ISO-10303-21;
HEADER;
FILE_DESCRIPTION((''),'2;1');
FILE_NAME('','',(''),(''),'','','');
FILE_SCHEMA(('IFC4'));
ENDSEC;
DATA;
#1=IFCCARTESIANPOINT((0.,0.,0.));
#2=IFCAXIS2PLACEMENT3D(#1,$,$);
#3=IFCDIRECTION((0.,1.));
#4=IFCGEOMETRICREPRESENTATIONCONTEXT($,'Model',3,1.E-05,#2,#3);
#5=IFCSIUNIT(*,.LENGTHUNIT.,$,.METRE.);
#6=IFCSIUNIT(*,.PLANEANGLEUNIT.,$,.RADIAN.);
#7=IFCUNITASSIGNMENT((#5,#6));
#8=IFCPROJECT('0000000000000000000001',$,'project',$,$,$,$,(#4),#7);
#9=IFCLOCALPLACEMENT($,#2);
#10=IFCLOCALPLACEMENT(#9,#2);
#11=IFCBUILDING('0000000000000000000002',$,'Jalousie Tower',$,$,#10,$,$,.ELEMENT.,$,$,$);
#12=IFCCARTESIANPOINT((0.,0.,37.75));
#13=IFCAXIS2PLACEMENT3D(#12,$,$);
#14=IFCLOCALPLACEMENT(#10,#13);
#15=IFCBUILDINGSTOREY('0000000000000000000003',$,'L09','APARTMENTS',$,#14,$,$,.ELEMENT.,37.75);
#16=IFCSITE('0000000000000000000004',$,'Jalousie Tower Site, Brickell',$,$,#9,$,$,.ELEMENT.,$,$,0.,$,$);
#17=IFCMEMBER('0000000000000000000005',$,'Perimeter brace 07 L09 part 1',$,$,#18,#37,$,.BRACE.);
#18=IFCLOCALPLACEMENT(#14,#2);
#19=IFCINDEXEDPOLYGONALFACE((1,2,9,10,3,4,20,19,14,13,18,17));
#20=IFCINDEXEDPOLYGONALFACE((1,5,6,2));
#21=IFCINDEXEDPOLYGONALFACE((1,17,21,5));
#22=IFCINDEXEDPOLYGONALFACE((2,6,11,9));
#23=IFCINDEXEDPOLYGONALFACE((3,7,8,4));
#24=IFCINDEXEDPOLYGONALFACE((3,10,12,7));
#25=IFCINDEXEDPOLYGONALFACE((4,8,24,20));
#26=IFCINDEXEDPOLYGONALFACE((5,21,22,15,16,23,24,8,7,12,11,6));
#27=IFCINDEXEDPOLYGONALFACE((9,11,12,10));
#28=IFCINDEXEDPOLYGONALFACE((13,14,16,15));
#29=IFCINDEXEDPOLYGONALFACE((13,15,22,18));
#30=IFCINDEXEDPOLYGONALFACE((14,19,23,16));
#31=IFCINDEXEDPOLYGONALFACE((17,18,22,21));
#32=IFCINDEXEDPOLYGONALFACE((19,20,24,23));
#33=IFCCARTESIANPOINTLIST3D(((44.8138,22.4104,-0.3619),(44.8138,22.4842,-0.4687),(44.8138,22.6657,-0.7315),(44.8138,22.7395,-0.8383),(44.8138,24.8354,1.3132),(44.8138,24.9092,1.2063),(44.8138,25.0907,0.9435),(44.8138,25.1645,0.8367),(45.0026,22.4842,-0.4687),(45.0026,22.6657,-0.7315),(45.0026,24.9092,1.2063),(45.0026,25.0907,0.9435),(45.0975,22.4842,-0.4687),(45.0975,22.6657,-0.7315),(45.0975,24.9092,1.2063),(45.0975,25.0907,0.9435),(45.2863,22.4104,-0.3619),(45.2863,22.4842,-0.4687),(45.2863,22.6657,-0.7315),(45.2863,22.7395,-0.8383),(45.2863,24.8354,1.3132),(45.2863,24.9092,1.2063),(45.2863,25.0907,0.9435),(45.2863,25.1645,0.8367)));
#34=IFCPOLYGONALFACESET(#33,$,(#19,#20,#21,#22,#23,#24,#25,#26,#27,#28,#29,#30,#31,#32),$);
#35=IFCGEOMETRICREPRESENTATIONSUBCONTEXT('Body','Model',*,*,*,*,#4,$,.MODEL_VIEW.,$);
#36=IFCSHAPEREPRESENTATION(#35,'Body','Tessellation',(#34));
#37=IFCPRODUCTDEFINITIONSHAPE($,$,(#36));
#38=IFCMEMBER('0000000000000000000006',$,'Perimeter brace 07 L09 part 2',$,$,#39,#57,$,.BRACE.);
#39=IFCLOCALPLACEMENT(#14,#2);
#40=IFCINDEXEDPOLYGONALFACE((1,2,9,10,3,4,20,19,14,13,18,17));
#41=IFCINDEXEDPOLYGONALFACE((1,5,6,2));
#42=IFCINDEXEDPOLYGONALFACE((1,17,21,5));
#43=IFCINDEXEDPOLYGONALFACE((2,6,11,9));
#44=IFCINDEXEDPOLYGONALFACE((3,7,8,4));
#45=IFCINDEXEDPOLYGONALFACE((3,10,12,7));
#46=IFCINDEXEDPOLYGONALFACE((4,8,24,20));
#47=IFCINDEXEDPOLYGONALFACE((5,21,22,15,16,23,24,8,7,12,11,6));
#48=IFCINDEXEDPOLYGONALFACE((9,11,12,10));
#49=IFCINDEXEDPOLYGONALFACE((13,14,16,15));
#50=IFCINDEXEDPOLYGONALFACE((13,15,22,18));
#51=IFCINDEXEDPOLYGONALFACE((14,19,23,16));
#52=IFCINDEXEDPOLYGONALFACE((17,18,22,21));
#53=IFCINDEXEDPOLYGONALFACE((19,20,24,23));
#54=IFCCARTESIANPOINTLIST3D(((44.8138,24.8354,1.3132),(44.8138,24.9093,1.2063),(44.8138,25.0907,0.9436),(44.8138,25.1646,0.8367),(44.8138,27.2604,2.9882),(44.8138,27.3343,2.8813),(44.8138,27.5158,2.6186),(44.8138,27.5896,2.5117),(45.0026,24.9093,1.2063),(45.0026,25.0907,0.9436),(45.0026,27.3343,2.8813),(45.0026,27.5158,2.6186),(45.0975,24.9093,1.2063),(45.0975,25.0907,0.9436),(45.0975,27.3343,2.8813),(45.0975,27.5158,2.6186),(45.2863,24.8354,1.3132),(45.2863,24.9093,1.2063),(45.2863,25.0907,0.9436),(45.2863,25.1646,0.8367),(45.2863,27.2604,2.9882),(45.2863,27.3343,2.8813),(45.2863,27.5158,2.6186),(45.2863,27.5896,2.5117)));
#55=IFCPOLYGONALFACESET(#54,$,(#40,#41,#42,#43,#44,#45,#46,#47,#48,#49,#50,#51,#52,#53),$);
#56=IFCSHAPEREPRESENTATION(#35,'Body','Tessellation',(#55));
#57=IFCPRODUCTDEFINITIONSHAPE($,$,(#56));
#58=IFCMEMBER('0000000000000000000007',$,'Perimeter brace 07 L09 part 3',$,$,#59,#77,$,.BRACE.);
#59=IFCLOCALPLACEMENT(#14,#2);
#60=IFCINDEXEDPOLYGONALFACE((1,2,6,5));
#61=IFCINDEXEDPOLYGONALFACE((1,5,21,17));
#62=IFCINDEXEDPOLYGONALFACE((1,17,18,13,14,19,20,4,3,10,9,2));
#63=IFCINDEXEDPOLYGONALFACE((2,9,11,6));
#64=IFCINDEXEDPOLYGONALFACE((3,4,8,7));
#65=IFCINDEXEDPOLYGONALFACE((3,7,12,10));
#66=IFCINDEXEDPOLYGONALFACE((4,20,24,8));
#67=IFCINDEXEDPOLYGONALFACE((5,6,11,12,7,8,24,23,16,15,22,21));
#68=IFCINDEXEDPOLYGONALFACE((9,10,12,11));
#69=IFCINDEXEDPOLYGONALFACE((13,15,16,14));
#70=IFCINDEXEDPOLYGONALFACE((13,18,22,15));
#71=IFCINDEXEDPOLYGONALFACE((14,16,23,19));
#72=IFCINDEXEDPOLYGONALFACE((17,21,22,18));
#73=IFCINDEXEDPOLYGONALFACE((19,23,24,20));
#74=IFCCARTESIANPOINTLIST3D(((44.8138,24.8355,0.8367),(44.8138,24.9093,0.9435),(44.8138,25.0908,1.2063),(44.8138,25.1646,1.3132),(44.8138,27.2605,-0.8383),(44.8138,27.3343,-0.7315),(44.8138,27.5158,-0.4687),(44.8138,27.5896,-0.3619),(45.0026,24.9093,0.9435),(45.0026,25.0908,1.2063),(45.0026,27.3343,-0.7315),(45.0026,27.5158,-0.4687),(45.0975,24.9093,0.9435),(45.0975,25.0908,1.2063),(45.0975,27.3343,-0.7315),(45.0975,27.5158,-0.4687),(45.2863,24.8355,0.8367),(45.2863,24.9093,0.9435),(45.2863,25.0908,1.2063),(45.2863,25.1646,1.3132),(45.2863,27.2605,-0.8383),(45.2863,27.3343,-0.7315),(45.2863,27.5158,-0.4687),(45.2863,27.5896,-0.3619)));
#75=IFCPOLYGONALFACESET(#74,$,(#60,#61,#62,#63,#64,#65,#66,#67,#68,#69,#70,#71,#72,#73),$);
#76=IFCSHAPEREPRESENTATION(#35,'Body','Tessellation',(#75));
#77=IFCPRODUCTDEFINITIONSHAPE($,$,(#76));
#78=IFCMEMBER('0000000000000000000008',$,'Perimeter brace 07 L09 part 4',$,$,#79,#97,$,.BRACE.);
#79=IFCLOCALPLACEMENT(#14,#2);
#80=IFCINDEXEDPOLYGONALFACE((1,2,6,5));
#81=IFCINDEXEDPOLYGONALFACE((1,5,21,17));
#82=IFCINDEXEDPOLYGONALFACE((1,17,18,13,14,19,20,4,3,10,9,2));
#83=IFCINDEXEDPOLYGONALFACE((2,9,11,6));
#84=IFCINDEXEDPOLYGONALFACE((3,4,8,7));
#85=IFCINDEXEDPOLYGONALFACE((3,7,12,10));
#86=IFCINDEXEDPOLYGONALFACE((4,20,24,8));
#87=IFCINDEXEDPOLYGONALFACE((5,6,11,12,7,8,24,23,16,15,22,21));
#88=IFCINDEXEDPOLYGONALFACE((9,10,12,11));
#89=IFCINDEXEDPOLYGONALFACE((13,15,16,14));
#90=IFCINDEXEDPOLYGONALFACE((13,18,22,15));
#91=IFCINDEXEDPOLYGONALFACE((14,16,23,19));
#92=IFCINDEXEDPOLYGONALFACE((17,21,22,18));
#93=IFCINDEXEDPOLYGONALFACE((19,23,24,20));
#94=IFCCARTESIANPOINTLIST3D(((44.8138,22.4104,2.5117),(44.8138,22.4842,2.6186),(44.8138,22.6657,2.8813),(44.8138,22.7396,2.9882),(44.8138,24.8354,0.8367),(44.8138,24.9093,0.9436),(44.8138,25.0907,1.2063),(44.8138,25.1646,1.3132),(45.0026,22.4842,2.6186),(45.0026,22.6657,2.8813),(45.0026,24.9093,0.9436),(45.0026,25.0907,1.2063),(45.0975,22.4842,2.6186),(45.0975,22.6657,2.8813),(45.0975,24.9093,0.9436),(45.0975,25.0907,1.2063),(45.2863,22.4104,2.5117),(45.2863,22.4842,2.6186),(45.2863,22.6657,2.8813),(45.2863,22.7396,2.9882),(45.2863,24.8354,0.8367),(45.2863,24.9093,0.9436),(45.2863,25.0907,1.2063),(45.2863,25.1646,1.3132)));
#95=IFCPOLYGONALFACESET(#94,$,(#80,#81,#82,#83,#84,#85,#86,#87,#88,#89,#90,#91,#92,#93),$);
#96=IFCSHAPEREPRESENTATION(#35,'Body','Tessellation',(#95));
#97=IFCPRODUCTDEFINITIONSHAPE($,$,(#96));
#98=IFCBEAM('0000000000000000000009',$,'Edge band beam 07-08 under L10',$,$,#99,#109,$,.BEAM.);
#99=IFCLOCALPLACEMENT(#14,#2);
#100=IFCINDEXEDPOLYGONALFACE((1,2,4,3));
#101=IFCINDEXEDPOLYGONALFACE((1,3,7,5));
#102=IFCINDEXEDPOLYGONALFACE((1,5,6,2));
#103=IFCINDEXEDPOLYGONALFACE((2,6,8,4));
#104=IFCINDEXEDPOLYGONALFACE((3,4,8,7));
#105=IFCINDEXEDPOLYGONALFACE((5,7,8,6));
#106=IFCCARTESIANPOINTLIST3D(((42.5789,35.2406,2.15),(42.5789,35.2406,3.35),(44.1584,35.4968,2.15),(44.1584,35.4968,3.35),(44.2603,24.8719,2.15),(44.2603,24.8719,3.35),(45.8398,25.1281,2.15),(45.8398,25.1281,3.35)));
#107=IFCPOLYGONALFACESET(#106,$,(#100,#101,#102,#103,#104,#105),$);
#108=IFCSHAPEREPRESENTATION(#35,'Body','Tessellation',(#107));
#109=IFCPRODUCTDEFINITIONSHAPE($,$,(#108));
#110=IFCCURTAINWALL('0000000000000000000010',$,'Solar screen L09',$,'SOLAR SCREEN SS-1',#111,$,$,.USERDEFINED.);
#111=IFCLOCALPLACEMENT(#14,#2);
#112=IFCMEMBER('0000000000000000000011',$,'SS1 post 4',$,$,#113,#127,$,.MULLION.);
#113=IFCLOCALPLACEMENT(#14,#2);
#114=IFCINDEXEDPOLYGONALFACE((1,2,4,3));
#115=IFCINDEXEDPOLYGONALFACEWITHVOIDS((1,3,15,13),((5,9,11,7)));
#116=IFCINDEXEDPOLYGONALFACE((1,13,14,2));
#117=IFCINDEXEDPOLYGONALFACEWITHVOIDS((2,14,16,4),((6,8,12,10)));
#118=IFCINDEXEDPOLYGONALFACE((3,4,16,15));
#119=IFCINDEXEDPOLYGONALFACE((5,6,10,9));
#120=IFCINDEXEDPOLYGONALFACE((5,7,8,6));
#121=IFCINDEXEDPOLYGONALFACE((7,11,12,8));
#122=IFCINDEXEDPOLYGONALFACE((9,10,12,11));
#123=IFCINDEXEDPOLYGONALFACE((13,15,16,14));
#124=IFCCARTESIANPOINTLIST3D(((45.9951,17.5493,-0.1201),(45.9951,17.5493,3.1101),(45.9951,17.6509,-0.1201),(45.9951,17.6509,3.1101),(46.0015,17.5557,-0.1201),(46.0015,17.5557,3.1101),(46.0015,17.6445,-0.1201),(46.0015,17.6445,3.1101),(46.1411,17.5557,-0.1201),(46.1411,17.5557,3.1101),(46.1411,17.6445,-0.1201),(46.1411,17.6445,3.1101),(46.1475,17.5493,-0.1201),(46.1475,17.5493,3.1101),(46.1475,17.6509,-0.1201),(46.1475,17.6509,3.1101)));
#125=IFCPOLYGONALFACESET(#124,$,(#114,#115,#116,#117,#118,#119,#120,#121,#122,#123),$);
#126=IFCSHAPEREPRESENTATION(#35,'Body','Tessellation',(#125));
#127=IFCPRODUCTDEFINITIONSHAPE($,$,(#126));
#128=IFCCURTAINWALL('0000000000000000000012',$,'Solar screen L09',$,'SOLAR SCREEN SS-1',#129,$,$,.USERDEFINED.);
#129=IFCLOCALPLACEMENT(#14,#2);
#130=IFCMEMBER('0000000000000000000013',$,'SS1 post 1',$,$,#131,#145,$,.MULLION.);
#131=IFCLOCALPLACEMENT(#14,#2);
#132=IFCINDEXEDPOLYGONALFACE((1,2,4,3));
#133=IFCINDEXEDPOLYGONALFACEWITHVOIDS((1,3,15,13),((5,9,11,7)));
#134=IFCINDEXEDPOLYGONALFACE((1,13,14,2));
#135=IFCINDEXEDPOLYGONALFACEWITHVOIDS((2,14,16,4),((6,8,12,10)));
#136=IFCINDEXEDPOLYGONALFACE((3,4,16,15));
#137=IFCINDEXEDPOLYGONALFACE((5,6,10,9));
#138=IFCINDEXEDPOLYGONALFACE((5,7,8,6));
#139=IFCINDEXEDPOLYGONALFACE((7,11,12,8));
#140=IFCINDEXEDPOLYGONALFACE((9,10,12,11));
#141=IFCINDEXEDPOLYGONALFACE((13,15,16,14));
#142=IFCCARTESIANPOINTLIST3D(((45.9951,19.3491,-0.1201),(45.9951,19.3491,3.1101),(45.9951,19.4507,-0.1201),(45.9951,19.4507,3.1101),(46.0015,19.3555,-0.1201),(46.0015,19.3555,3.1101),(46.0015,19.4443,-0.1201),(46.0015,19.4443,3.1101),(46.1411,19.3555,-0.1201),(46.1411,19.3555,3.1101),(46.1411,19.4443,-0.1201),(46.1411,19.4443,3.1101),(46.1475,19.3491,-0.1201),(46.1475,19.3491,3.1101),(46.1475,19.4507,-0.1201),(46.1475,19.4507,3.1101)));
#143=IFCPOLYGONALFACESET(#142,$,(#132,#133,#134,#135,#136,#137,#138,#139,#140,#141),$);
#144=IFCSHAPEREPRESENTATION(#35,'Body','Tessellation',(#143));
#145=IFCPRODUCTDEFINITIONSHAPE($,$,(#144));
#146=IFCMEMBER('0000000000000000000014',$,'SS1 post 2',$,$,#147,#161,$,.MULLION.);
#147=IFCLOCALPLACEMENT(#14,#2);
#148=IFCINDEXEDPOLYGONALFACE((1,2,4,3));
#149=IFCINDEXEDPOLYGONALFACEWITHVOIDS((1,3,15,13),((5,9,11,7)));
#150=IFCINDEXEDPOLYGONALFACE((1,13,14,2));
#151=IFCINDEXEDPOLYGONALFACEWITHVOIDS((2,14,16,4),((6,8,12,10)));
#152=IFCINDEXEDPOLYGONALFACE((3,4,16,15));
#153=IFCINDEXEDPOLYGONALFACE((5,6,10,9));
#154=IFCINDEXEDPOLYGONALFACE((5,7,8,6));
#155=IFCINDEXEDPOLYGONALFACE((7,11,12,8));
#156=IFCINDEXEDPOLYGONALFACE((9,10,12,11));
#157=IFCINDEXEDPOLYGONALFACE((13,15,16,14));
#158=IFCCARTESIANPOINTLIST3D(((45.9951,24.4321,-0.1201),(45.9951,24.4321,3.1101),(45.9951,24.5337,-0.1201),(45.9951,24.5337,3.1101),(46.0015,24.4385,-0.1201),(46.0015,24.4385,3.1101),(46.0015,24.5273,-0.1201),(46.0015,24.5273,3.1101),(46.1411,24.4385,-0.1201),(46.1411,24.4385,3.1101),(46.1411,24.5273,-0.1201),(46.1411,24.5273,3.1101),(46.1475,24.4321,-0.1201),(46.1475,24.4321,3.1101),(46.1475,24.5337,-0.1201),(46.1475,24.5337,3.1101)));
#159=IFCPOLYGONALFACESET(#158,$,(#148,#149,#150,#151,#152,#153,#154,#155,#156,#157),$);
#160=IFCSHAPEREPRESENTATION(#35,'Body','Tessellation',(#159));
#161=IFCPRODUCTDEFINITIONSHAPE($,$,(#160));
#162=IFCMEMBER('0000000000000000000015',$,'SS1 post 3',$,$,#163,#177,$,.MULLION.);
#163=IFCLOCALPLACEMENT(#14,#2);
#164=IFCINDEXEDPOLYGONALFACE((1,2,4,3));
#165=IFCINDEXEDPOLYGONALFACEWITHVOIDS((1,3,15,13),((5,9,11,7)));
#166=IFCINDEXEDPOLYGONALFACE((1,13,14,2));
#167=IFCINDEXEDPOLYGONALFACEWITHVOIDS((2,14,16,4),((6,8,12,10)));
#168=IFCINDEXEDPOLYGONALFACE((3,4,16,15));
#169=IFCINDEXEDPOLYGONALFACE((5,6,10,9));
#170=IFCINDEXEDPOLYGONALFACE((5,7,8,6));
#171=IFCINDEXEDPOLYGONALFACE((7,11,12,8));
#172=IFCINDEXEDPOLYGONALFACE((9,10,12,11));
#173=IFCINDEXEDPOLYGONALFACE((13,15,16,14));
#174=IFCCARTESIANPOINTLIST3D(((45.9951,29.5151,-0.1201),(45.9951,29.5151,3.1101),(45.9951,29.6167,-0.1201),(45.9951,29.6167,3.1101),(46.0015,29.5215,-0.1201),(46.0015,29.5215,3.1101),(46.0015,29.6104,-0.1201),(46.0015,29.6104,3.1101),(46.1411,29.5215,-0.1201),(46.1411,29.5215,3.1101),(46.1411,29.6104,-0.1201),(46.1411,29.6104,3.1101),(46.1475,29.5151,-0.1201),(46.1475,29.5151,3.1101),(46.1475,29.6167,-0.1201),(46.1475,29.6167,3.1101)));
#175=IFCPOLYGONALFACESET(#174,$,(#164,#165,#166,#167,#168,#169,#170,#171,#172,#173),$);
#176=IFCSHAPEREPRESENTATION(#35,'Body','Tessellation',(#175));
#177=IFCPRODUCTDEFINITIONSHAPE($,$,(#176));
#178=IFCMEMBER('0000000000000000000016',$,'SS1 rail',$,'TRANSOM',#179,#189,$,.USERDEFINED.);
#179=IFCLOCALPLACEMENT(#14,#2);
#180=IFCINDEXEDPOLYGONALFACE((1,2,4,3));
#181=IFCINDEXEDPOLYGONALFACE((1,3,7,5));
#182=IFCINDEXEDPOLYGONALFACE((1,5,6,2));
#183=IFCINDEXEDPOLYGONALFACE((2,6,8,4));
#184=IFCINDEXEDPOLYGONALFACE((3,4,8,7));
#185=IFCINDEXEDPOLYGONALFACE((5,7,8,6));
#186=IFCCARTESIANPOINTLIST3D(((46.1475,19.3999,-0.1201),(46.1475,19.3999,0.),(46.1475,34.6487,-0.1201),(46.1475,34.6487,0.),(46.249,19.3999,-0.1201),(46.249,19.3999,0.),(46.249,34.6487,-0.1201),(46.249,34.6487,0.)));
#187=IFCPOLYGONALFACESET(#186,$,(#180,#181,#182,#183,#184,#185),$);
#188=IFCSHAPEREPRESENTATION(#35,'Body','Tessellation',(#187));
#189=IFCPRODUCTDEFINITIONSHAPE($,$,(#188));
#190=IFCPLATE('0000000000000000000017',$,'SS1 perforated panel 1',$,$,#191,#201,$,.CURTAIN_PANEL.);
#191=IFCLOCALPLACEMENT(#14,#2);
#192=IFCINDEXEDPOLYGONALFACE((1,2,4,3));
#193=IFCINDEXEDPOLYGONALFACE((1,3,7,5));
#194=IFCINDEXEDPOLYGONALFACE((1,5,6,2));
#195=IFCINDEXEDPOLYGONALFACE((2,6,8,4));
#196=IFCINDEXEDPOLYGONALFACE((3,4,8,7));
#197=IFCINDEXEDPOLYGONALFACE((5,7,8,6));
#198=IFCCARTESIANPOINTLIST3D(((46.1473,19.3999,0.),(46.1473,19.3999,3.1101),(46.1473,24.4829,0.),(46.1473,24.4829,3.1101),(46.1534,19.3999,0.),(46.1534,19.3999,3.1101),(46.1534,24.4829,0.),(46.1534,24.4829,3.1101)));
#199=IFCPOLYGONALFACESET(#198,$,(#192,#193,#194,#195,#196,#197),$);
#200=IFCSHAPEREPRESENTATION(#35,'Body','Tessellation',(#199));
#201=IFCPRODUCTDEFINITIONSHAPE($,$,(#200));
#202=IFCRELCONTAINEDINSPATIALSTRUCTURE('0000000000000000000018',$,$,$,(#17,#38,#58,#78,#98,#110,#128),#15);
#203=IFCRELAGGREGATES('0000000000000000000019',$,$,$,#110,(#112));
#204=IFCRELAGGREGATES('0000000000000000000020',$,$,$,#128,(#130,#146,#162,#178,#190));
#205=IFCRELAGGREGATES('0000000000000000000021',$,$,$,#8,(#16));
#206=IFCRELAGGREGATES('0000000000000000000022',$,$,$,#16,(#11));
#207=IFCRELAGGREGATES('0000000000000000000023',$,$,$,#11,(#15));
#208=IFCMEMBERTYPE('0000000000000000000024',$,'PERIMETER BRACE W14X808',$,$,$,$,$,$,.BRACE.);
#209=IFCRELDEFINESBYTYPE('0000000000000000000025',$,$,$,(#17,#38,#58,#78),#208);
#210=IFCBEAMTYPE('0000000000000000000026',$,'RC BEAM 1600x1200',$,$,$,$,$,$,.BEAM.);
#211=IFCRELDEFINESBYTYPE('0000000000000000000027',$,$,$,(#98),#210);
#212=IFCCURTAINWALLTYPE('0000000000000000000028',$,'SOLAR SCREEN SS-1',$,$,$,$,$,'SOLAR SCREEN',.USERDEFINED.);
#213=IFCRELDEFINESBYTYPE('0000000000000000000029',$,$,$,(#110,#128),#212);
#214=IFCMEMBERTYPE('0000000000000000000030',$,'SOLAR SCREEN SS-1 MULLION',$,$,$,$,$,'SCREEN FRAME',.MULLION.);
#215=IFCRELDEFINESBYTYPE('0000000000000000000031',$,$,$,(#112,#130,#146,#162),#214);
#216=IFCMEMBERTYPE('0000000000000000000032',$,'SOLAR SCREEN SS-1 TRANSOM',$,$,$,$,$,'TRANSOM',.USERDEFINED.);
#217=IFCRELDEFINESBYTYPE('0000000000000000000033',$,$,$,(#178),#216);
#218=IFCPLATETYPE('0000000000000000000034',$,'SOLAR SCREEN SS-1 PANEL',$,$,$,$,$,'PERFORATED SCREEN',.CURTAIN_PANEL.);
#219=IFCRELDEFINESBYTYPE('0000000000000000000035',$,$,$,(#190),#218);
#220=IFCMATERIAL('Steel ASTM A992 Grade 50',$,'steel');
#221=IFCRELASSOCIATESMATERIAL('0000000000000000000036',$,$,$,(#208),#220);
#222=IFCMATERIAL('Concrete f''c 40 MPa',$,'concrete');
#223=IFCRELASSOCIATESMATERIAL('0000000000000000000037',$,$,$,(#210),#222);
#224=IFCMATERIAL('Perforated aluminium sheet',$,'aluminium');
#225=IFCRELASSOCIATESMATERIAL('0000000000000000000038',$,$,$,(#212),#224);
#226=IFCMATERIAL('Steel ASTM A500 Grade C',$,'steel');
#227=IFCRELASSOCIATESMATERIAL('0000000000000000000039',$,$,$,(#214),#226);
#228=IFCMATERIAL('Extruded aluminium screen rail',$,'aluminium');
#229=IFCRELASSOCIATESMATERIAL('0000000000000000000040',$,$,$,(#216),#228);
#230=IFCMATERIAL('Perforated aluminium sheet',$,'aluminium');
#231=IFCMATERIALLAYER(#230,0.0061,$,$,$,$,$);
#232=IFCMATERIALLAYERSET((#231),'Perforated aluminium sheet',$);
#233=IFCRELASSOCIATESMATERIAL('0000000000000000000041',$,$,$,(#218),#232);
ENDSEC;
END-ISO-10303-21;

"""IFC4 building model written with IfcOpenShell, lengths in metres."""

from ifc_helpers import new_model, si_unit, direction, frame, origin, origin_2d, place, context, subcontext, project, spatial, rectangle, hollow_rectangle, i_section, extrude, material, layer, layer_set, material_profile, profile_set, type_object, element, aggregate, save


model = new_model("IFC4")

# Units and contexts
model_context = context("Model", 3, precision=1e-05, world=origin(), true_north=direction((0.0, 1.0)))
body_context = subcontext(model_context, "Body", "Model", "MODEL_VIEW")
ifc_project = project(units=[si_unit("LENGTHUNIT", "METRE"), si_unit("PLANEANGLEUNIT", "RADIAN")], contexts=[model_context])

# Site, building, storey
site_placement = place(None, origin())
site = spatial("IfcSite", under=ifc_project, at=site_placement, Name="Jalousie Tower Site, Brickell", CompositionType="ELEMENT", RefElevation=0.0)
building_placement = place(site_placement, origin())
building = spatial("IfcBuilding", under=site, at=building_placement, Name="Jalousie Tower", CompositionType="ELEMENT")
storey_placement = place(building_placement, frame((0.0, 0.0, 37.75)))
storey = spatial("IfcBuildingStorey", under=building, at=storey_placement, Name="L09", Description="APARTMENTS", CompositionType="ELEMENT", Elevation=37.75)

# Members
ifc_material_1 = material(Name="Steel ASTM A992 Grade 50", Category="steel")
ifc_material_profile_1 = material_profile(ifc_material_1, i_section(OverallWidth=0.4724, OverallDepth=0.5791, WebThickness=0.095, FlangeThickness=0.1299, at=origin_2d()), Name="W14X808")
ifc_profile_set_1 = profile_set([ifc_material_profile_1], Name="Steel ASTM A992 Grade 50")
member_type_1 = type_object("IfcMemberType", Name="PERIMETER BRACE W14X808", PredefinedType="BRACE", material=ifc_profile_set_1)
for number, where, z_axis, x_axis, name in (
    (1, (45.05, 22.575, -0.6001), (0.0, 0.8228, 0.568331), (-1.0, 0.0, 0.0), "Perimeter brace 07 L09 part 1"),
    (2, (45.05, 25.0, 1.075), (0.0, 0.8228, 0.568331), (-1.0, 0.0, 0.0), "Perimeter brace 07 L09 part 2"),
    (3, (45.05, 27.425, -0.6001), (0.0, -0.8228, 0.568331), (1.0, 0.0, 0.0), "Perimeter brace 07 L09 part 3"),
    (4, (45.05, 25.0, 1.075), (0.0, -0.8228, 0.568331), (1.0, 0.0, 0.0), "Perimeter brace 07 L09 part 4"),
):
    element("IfcMember", number, at=place(storey_placement, frame(where, z_axis=z_axis, x_axis=x_axis)), inside=storey, type_object=member_type_1, Name=name, PredefinedType="BRACE", context=body_context, shape_type="SweptSolid", body=[
        extrude(i_section(OverallWidth=0.4724, OverallDepth=0.5791, WebThickness=0.095, FlangeThickness=0.1299, at=origin_2d()), origin(), (0.0, 0.0, 1.0), 2.9473),
    ])

# Beam
ifc_material_2 = material(Name="Concrete f'c 40 MPa", Category="concrete")
ifc_material_profile_2 = material_profile(ifc_material_2, rectangle(XDim=1.6001, YDim=1.2, at=origin_2d()), Name="RC 1600x1200")
ifc_profile_set_2 = profile_set([ifc_material_profile_2], Name="Concrete f'c 40 MPa")
beam_type = type_object("IfcBeamType", Name="RC BEAM 1600x1200", PredefinedType="BEAM", material=ifc_profile_set_2)
beam_placement = place(storey_placement, frame((45.05, 25.0, 2.75), z_axis=(-0.160071, 0.987106, 0.0), x_axis=(-0.987106, -0.160071, 0.0)))
element("IfcBeam", 5, at=beam_placement, inside=storey, type_object=beam_type, Name="Edge band beam 07-08 under L10", PredefinedType="BEAM", context=body_context, shape_type="SweptSolid", body=[
    extrude(rectangle(XDim=1.6001, YDim=1.2, at=origin_2d()), origin(), (0.0, 0.0, 1.0), 10.5042),
])

# Curtain wall, member
ifc_material_3 = material(Name="Perforated aluminium sheet", Category="aluminium")
curtain_wall_type = type_object("IfcCurtainWallType", Name="SOLAR SCREEN SS-1", ElementType="SOLAR SCREEN", PredefinedType="USERDEFINED", material=ifc_material_3)
curtain_wall_1_placement = place(storey_placement, origin())
curtain_wall_1 = element("IfcCurtainWall", 6, at=curtain_wall_1_placement, inside=storey, type_object=curtain_wall_type, Name="Solar screen L09", ObjectType="SOLAR SCREEN SS-1", PredefinedType="USERDEFINED")
ifc_material_4 = material(Name="Steel ASTM A500 Grade C", Category="steel")
ifc_material_profile_3 = material_profile(ifc_material_4, hollow_rectangle(XDim=0.1016, YDim=0.1523, WallThickness=0.0063, at=origin_2d()), Name="HSS6X4X1/4")
ifc_profile_set_3 = profile_set([ifc_material_profile_3], Name="Steel ASTM A500 Grade C")
member_type_2 = type_object("IfcMemberType", Name="SOLAR SCREEN SS-1 MULLION", ElementType="SCREEN FRAME", PredefinedType="MULLION", material=ifc_profile_set_3)
member_1_placement = place(storey_placement, frame((46.0713, 17.6001, -0.1201), z_axis=(0.0, 0.0, 1.0), x_axis=(0.0, 1.0, 0.0)))
member_1 = element("IfcMember", 7, at=member_1_placement, type_object=member_type_2, Name="SS1 post 4", PredefinedType="MULLION", context=body_context, shape_type="SweptSolid", body=[
    extrude(hollow_rectangle(XDim=0.1016, YDim=0.1523, WallThickness=0.0063, at=origin_2d()), origin(), (0.0, 0.0, 1.0), 3.2302),
])
aggregate(curtain_wall_1, [member_1])

# Curtain wall, members, plate
curtain_wall_2_placement = place(storey_placement, origin())
curtain_wall_2 = element("IfcCurtainWall", 8, at=curtain_wall_2_placement, inside=storey, type_object=curtain_wall_type, Name="Solar screen L09", ObjectType="SOLAR SCREEN SS-1", PredefinedType="USERDEFINED")
member_2_placement = place(storey_placement, frame((46.0713, 19.3999, -0.1201), z_axis=(0.0, 0.0, 1.0), x_axis=(0.0, 1.0, 0.0)))
member_2 = element("IfcMember", 9, at=member_2_placement, type_object=member_type_2, Name="SS1 post 1", PredefinedType="MULLION", context=body_context, shape_type="SweptSolid", body=[
    extrude(hollow_rectangle(XDim=0.1016, YDim=0.1523, WallThickness=0.0063, at=origin_2d()), origin(), (0.0, 0.0, 1.0), 3.2302),
])
member_3_placement = place(storey_placement, frame((46.0713, 24.4829, -0.1201), z_axis=(0.0, 0.0, 1.0), x_axis=(0.0, 1.0, 0.0)))
member_3 = element("IfcMember", 10, at=member_3_placement, type_object=member_type_2, Name="SS1 post 2", PredefinedType="MULLION", context=body_context, shape_type="SweptSolid", body=[
    extrude(hollow_rectangle(XDim=0.1016, YDim=0.1523, WallThickness=0.0063, at=origin_2d()), origin(), (0.0, 0.0, 1.0), 3.2302),
])
member_4_placement = place(storey_placement, frame((46.0713, 29.5659, -0.1201), z_axis=(0.0, 0.0, 1.0), x_axis=(0.0, 1.0, 0.0)))
member_4 = element("IfcMember", 11, at=member_4_placement, type_object=member_type_2, Name="SS1 post 3", PredefinedType="MULLION", context=body_context, shape_type="SweptSolid", body=[
    extrude(hollow_rectangle(XDim=0.1016, YDim=0.1523, WallThickness=0.0063, at=origin_2d()), origin(), (0.0, 0.0, 1.0), 3.2302),
])
ifc_material_5 = material(Name="Extruded aluminium screen rail", Category="aluminium")
ifc_material_profile_4 = material_profile(ifc_material_5, rectangle(XDim=0.1016, YDim=0.1201, at=origin_2d()), Name="RAIL 102x120")
ifc_profile_set_4 = profile_set([ifc_material_profile_4], Name="Extruded aluminium screen rail")
member_type_3 = type_object("IfcMemberType", Name="SOLAR SCREEN SS-1 TRANSOM", ElementType="TRANSOM", PredefinedType="USERDEFINED", material=ifc_profile_set_4)
member_5_placement = place(storey_placement, frame((46.1982, 19.3999, -0.0601), z_axis=(0.0, 1.0, 0.0), x_axis=(-1.0, 0.0, 0.0)))
member_5 = element("IfcMember", 12, at=member_5_placement, type_object=member_type_3, Name="SS1 rail", ObjectType="TRANSOM", PredefinedType="USERDEFINED", context=body_context, shape_type="SweptSolid", body=[
    extrude(rectangle(XDim=0.1016, YDim=0.1201, at=origin_2d()), origin(), (0.0, 0.0, 1.0), 15.2488),
])
ifc_material_6 = material(Name="Perforated aluminium sheet", Category="aluminium")
ifc_layer_1 = layer(ifc_material_6, 0.0061)
ifc_layer_set_1 = layer_set([ifc_layer_1], Name="Perforated aluminium sheet")
plate_type = type_object("IfcPlateType", Name="SOLAR SCREEN SS-1 PANEL", ElementType="PERFORATED SCREEN", PredefinedType="CURTAIN_PANEL", material=ifc_layer_set_1)
plate_1_placement = place(storey_placement, frame((46.1504, 21.9414, 0.0), z_axis=(0.0, 0.0, 1.0), x_axis=(0.0, 1.0, 0.0)))
plate_1 = element("IfcPlate", 13, at=plate_1_placement, type_object=plate_type, Name="SS1 perforated panel 1", PredefinedType="CURTAIN_PANEL", context=body_context, shape_type="SweptSolid", body=[
    extrude(rectangle(XDim=5.083, YDim=0.0061, at=origin_2d()), origin(), (0.0, 0.0, 1.0), 3.1101),
])
aggregate(curtain_wall_2, [member_2, member_3, member_4, member_5, plate_1])

save(model, "model.ifc")
